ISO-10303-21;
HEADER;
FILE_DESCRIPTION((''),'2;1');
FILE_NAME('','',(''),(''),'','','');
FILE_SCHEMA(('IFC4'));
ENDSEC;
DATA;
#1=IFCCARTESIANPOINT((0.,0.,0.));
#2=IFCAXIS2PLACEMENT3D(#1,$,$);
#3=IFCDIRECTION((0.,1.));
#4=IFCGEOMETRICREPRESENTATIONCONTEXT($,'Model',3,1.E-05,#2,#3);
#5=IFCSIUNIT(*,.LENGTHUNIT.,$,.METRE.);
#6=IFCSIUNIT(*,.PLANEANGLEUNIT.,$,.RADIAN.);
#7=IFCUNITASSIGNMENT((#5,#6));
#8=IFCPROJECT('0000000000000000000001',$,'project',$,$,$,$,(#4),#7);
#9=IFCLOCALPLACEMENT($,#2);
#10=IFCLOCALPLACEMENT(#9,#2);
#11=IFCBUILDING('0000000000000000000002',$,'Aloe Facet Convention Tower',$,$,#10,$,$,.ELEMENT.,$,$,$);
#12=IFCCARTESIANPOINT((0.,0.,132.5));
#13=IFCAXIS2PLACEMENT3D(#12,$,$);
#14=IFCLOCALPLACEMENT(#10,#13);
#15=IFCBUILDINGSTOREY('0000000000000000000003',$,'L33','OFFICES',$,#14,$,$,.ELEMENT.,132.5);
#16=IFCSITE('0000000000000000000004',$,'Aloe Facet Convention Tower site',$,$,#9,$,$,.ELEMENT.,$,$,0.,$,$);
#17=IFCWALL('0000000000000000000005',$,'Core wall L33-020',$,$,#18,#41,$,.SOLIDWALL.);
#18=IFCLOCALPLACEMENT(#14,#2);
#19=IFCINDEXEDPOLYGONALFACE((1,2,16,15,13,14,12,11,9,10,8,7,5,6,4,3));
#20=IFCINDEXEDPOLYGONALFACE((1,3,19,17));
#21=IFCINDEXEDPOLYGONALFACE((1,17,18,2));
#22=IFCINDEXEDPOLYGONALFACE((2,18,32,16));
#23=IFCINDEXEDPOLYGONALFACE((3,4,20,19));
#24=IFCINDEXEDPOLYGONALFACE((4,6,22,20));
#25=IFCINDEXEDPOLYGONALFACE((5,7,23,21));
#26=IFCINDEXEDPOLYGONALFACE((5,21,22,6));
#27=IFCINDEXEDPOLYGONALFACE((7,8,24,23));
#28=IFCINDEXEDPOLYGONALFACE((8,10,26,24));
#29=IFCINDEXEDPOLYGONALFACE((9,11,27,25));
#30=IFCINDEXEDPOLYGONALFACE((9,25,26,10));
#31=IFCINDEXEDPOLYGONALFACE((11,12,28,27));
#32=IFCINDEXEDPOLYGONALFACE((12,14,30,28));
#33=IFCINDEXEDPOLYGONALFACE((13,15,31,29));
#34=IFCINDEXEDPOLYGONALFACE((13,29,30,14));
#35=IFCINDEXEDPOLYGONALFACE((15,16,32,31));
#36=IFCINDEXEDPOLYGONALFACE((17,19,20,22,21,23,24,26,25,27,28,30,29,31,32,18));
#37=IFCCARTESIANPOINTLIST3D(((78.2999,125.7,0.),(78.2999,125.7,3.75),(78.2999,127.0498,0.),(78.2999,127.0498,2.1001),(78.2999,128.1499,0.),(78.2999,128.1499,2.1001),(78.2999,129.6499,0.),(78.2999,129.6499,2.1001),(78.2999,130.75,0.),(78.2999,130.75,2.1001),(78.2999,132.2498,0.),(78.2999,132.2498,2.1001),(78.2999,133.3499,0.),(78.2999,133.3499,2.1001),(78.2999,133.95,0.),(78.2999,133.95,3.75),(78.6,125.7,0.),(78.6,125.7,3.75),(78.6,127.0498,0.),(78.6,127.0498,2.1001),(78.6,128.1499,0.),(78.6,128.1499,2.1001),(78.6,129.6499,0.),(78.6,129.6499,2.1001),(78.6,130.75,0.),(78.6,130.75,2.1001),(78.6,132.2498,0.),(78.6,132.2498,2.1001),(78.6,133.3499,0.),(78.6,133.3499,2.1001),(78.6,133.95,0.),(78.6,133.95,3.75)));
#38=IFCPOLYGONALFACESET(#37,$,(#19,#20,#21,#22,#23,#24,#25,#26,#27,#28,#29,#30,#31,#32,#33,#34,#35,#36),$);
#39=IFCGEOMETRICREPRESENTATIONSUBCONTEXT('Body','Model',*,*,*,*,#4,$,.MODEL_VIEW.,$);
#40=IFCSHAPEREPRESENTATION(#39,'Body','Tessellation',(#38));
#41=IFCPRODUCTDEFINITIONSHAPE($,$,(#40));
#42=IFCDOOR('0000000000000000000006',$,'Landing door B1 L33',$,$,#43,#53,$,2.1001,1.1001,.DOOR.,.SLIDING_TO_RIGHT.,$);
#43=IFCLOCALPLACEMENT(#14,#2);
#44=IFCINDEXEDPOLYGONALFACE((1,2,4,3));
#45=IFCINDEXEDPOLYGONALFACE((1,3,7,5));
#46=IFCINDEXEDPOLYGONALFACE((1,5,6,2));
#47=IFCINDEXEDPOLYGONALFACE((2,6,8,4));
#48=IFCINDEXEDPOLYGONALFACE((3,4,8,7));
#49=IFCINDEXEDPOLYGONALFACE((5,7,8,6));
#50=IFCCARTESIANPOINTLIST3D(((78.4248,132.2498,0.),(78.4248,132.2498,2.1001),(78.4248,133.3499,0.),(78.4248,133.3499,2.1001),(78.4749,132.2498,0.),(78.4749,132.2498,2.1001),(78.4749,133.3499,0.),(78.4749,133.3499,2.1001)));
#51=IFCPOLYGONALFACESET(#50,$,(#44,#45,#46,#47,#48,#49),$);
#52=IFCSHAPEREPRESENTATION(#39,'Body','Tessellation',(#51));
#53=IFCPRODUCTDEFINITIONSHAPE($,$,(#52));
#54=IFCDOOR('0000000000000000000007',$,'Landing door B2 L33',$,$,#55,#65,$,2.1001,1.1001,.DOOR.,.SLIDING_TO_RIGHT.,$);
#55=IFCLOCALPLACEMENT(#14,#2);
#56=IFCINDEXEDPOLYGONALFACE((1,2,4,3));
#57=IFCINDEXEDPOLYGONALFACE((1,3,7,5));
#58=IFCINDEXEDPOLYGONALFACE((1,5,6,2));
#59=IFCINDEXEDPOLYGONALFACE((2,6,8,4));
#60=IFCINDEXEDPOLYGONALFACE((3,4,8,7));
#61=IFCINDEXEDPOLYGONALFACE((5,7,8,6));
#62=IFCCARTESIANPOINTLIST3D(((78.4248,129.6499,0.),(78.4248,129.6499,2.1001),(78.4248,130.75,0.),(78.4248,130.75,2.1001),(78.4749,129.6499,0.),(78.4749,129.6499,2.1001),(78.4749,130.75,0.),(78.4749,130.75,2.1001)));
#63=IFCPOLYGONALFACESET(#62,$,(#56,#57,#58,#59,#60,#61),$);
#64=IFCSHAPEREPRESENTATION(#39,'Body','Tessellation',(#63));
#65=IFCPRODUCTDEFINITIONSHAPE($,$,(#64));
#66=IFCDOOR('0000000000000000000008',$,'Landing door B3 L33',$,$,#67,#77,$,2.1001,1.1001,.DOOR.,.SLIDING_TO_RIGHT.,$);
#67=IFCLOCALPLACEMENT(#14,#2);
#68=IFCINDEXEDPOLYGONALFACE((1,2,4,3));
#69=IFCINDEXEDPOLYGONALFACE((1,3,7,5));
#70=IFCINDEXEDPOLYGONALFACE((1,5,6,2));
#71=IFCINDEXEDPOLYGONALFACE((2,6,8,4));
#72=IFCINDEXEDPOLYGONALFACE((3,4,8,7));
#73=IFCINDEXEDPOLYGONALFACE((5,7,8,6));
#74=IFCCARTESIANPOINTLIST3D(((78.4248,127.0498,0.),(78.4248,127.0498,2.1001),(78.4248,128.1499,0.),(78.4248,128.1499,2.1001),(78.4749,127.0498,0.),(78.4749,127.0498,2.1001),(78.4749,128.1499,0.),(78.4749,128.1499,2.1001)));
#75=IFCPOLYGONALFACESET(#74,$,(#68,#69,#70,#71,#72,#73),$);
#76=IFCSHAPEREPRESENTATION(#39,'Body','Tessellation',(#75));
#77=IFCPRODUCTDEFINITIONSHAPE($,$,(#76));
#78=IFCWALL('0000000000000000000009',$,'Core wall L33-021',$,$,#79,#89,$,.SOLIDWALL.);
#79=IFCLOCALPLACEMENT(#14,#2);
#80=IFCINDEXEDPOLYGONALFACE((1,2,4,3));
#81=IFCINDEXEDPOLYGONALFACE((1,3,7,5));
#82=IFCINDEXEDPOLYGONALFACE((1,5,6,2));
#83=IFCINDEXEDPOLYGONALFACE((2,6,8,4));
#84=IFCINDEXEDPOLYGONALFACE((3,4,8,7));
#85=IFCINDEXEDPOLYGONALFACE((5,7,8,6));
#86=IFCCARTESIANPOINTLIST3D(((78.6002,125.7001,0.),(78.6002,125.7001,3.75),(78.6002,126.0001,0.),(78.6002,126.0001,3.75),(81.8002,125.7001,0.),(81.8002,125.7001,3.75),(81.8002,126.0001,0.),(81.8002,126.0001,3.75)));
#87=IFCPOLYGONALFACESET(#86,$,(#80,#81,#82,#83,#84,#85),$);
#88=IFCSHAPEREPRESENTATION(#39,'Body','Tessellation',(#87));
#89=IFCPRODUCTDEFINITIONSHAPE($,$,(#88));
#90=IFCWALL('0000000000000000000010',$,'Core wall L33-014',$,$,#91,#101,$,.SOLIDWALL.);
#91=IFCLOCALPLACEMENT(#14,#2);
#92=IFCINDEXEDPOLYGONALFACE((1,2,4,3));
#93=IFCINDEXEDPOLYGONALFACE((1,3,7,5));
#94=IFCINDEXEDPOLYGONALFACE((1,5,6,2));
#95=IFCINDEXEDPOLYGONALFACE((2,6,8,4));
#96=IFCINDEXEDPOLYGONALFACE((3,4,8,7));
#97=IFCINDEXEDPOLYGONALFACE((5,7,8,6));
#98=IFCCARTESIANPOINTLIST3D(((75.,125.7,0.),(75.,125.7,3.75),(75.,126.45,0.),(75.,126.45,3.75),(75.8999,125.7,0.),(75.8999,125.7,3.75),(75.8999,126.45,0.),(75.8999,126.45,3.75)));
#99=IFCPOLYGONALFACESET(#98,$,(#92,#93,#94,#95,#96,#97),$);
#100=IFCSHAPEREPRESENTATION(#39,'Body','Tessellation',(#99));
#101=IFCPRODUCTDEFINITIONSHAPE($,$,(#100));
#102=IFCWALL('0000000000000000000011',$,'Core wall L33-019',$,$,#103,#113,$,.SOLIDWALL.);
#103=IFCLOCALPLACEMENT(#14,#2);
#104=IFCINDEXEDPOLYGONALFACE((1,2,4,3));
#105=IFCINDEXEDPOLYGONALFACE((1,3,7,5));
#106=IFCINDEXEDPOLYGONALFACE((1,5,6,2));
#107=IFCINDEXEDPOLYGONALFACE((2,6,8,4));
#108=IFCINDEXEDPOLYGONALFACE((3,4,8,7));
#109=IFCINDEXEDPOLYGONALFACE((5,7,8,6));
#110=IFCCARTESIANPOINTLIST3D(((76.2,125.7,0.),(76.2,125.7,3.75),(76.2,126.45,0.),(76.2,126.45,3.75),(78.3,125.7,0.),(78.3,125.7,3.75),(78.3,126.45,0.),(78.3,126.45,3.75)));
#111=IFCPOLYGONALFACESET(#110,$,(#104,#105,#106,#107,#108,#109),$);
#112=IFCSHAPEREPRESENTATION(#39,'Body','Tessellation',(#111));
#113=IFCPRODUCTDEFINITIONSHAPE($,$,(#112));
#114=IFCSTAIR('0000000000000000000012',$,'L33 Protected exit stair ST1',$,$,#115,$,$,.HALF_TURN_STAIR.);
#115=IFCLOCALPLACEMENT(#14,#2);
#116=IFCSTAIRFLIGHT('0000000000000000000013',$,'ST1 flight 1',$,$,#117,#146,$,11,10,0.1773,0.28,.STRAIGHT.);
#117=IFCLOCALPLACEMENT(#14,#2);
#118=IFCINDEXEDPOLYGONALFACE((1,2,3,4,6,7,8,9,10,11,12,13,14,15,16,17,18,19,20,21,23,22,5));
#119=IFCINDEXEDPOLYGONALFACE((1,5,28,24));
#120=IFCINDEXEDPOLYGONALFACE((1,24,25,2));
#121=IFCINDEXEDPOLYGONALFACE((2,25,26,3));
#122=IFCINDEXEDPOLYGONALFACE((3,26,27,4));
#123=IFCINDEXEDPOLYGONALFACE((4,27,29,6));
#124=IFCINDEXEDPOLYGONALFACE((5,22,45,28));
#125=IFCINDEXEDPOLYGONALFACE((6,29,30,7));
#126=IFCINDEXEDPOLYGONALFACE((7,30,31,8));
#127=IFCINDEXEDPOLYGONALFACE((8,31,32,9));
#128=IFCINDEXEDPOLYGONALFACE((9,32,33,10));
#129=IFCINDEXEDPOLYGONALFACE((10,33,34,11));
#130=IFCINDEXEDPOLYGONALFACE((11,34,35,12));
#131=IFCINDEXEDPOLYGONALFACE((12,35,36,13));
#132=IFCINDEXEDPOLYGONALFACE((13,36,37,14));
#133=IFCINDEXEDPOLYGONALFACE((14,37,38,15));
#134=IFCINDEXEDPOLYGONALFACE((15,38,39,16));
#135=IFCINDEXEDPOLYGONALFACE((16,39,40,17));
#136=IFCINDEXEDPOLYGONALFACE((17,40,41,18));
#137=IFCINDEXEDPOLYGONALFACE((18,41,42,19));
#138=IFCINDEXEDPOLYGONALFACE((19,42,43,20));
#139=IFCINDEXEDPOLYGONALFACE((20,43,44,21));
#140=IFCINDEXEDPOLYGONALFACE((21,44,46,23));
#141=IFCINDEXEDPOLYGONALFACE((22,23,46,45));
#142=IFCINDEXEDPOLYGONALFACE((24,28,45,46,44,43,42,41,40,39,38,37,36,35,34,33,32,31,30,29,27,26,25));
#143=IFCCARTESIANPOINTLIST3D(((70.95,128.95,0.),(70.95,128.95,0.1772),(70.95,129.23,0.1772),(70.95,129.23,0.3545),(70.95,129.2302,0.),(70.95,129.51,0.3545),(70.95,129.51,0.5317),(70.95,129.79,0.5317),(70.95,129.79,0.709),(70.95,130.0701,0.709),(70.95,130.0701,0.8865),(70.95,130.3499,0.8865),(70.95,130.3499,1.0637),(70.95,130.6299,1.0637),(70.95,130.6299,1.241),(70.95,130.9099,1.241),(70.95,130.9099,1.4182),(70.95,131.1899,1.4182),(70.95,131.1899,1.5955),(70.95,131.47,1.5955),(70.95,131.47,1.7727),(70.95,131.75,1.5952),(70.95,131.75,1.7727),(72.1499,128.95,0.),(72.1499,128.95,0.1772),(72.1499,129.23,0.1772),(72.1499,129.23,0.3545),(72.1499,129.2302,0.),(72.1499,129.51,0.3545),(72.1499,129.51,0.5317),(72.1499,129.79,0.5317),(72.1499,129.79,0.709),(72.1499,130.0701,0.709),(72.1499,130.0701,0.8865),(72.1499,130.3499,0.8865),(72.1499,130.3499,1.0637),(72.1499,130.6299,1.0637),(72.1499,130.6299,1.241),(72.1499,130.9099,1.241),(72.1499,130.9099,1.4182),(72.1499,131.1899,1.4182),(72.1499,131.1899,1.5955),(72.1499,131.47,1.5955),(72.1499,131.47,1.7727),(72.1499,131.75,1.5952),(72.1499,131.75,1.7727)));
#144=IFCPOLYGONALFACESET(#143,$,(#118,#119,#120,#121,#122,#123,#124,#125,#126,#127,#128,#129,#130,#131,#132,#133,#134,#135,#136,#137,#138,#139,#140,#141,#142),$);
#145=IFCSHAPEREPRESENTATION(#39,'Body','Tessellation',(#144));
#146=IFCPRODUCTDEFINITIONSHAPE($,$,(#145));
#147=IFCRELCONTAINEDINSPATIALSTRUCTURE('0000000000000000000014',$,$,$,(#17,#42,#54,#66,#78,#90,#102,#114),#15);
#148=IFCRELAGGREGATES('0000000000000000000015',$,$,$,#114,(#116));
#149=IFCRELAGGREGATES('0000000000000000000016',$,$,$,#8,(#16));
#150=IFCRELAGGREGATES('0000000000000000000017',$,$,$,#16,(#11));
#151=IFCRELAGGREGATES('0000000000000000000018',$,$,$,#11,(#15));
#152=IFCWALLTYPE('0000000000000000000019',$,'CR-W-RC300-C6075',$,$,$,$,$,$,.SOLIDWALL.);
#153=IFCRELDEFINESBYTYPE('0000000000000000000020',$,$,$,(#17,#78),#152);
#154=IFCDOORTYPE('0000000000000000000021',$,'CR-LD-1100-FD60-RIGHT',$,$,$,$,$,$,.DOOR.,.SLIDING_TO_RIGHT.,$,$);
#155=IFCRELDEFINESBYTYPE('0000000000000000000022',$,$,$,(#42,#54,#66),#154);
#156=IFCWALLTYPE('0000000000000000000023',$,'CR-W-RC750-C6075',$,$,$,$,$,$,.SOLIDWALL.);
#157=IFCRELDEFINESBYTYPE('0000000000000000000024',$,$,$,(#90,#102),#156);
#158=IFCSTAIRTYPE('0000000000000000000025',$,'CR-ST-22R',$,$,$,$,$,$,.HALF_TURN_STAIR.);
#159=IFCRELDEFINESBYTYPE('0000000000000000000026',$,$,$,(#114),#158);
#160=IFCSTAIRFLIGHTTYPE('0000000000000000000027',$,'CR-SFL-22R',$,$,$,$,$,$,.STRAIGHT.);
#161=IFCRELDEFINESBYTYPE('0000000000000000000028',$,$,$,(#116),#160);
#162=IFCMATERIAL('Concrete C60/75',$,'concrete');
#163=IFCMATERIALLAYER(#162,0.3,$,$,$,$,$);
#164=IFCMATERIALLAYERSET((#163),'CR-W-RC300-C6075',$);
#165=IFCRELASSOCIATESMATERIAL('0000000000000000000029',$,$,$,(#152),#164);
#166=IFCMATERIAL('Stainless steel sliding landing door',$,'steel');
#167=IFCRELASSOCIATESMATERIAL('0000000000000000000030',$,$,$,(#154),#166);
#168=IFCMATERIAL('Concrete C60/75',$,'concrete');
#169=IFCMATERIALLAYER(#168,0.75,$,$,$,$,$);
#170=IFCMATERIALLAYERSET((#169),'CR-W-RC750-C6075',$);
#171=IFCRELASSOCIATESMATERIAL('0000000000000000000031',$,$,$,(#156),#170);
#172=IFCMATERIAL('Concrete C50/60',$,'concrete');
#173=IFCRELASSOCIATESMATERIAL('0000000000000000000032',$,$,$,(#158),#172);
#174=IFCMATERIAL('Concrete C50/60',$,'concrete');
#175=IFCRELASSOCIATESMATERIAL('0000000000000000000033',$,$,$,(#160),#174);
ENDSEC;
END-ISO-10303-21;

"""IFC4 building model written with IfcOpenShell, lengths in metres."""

from ifc_helpers import new_model, si_unit, direction, frame, frame_2d, origin, place, context, subcontext, project, spatial, polyline, rectangle, outline, extrude, material, layer, layer_set, type_object, element, fill, aggregate, save


model = new_model("IFC4")

# Units and contexts
model_context = context("Model", 3, precision=1e-05, world=origin(), true_north=direction((0.0, 1.0)))
body_context = subcontext(model_context, "Body", "Model", "MODEL_VIEW")
ifc_project = project(units=[si_unit("LENGTHUNIT", "METRE"), si_unit("PLANEANGLEUNIT", "RADIAN")], contexts=[model_context])

# Site, building, storey
site_placement = place(None, origin())
site = spatial("IfcSite", under=ifc_project, at=site_placement, Name="Aloe Facet Convention Tower site", CompositionType="ELEMENT", RefElevation=0.0)
building_placement = place(site_placement, origin())
building = spatial("IfcBuilding", under=site, at=building_placement, Name="Aloe Facet Convention Tower", CompositionType="ELEMENT")
storey_placement = place(building_placement, frame((0.0, 0.0, 132.5)))
storey = spatial("IfcBuildingStorey", under=building, at=storey_placement, Name="L33", Description="OFFICES", CompositionType="ELEMENT", Elevation=132.5)

# Shared definitions
ifc_material_1 = material(Name="Concrete C60/75", Category="concrete")
ifc_layer_1 = layer(ifc_material_1, 0.3)
ifc_layer_set_1 = layer_set([ifc_layer_1], Name="CR-W-RC300-C6075")
wall_type_1 = type_object("IfcWallType", Name="CR-W-RC300-C6075", PredefinedType="SOLIDWALL", material=ifc_layer_set_1)

# Wall, openings, doors
wall_1_placement = place(storey_placement, frame((78.45, 133.95, 0.0), z_axis=(0.0, 0.0, 1.0), x_axis=(0.0, -1.0, 0.0)))
wall_1 = element("IfcWall", 1, at=wall_1_placement, inside=storey, type_object=wall_type_1, Name="Core wall L33-020", PredefinedType="SOLIDWALL", context=body_context, shape_type="SweptSolid", body=[
    extrude(rectangle(XDim=8.25, YDim=0.3, at=frame_2d((4.125, 0.0))), origin(), (0.0, 0.0, 1.0), 3.75),
])
opening_1_placement = place(wall_1_placement, frame((0.6001, 0.0, 0.0)))
opening_1 = element("IfcOpeningElement", 2, at=opening_1_placement, cuts=wall_1, PredefinedType="OPENING", context=body_context, shape_type="SweptSolid", body=[
    extrude(rectangle(XDim=1.1001, YDim=2.1001, at=frame_2d((0.55, 1.05))), frame((0.0, 0.1602, 0.0), z_axis=(0.0, -1.0, 0.0), x_axis=(1.0, 0.0, 0.0)), (0.0, 0.0, 1.0), 0.3201),
])
opening_2_placement = place(wall_1_placement, frame((3.2, 0.0, 0.0)))
opening_2 = element("IfcOpeningElement", 3, at=opening_2_placement, cuts=wall_1, PredefinedType="OPENING", context=body_context, shape_type="SweptSolid", body=[
    extrude(rectangle(XDim=1.1001, YDim=2.1001, at=frame_2d((0.55, 1.05))), frame((0.0, 0.1602, 0.0), z_axis=(0.0, -1.0, 0.0), x_axis=(1.0, 0.0, 0.0)), (0.0, 0.0, 1.0), 0.3201),
])
opening_3_placement = place(wall_1_placement, frame((5.8, 0.0, 0.0)))
opening_3 = element("IfcOpeningElement", 4, at=opening_3_placement, cuts=wall_1, PredefinedType="OPENING", context=body_context, shape_type="SweptSolid", body=[
    extrude(rectangle(XDim=1.1001, YDim=2.1001, at=frame_2d((0.55, 1.05))), frame((0.0, 0.1602, 0.0), z_axis=(0.0, -1.0, 0.0), x_axis=(1.0, 0.0, 0.0)), (0.0, 0.0, 1.0), 0.3201),
])
ifc_material_2 = material(Name="Stainless steel sliding landing door", Category="steel")
door_type_1 = type_object("IfcDoorType", Name="CR-LD-1100-FD60-RIGHT", OperationType="SLIDING_TO_RIGHT", PredefinedType="DOOR", material=ifc_material_2)
door_1_placement = place(opening_1_placement, origin())
door_1 = element("IfcDoor", 5, at=door_1_placement, inside=storey, type_object=door_type_1, Name="Landing door B1 L33", OperationType="SLIDING_TO_RIGHT", OverallHeight=2.1001, OverallWidth=1.1001, PredefinedType="DOOR", context=body_context, shape_type="SweptSolid", body=[
    extrude(rectangle(XDim=1.1001, YDim=2.1001, at=frame_2d((0.55, 1.05))), frame((0.0, 0.0249, 0.0), z_axis=(0.0, -1.0, 0.0), x_axis=(1.0, 0.0, 0.0)), (0.0, 0.0, 1.0), 0.05),
])
fill(opening_1, door_1)
door_2_placement = place(opening_2_placement, origin())
door_2 = element("IfcDoor", 6, at=door_2_placement, inside=storey, type_object=door_type_1, Name="Landing door B2 L33", OperationType="SLIDING_TO_RIGHT", OverallHeight=2.1001, OverallWidth=1.1001, PredefinedType="DOOR", context=body_context, shape_type="SweptSolid", body=[
    extrude(rectangle(XDim=1.1001, YDim=2.1001, at=frame_2d((0.55, 1.05))), frame((0.0, 0.0249, 0.0), z_axis=(0.0, -1.0, 0.0), x_axis=(1.0, 0.0, 0.0)), (0.0, 0.0, 1.0), 0.05),
])
fill(opening_2, door_2)
door_3_placement = place(opening_3_placement, origin())
door_3 = element("IfcDoor", 7, at=door_3_placement, inside=storey, type_object=door_type_1, Name="Landing door B3 L33", OperationType="SLIDING_TO_RIGHT", OverallHeight=2.1001, OverallWidth=1.1001, PredefinedType="DOOR", context=body_context, shape_type="SweptSolid", body=[
    extrude(rectangle(XDim=1.1001, YDim=2.1001, at=frame_2d((0.55, 1.05))), frame((0.0, 0.0249, 0.0), z_axis=(0.0, -1.0, 0.0), x_axis=(1.0, 0.0, 0.0)), (0.0, 0.0, 1.0), 0.05),
])
fill(opening_3, door_3)

# Walls
wall_2_placement = place(storey_placement, frame((78.6001, 125.8501, 0.0), z_axis=(0.0, 0.0, 1.0), x_axis=(1.0, 0.0, 0.0)))
element("IfcWall", 8, at=wall_2_placement, inside=storey, type_object=wall_type_1, Name="Core wall L33-021", PredefinedType="SOLIDWALL", context=body_context, shape_type="SweptSolid", body=[
    extrude(rectangle(XDim=3.2, YDim=0.3, at=frame_2d((1.6001, 0.0))), origin(), (0.0, 0.0, 1.0), 3.75),
])
ifc_material_3 = material(Name="Concrete C60/75", Category="concrete")
ifc_layer_2 = layer(ifc_material_3, 0.75)
ifc_layer_set_2 = layer_set([ifc_layer_2], Name="CR-W-RC750-C6075")
wall_type_2 = type_object("IfcWallType", Name="CR-W-RC750-C6075", PredefinedType="SOLIDWALL", material=ifc_layer_set_2)
wall_3_placement = place(storey_placement, frame((75.0, 126.075, 0.0), z_axis=(0.0, 0.0, 1.0), x_axis=(1.0, 0.0, 0.0)))
element("IfcWall", 9, at=wall_3_placement, inside=storey, type_object=wall_type_2, Name="Core wall L33-014", PredefinedType="SOLIDWALL", context=body_context, shape_type="SweptSolid", body=[
    extrude(rectangle(XDim=0.8999, YDim=0.75, at=frame_2d((0.45, 0.0))), origin(), (0.0, 0.0, 1.0), 3.75),
])
wall_4_placement = place(storey_placement, frame((76.2, 126.075, 0.0), z_axis=(0.0, 0.0, 1.0), x_axis=(1.0, 0.0, 0.0)))
element("IfcWall", 10, at=wall_4_placement, inside=storey, type_object=wall_type_2, Name="Core wall L33-019", PredefinedType="SOLIDWALL", context=body_context, shape_type="SweptSolid", body=[
    extrude(rectangle(XDim=2.1001, YDim=0.75, at=frame_2d((1.05, 0.0))), origin(), (0.0, 0.0, 1.0), 3.75),
])

# Stair, stair flight
ifc_material_4 = material(Name="Concrete C50/60", Category="concrete")
stair_type = type_object("IfcStairType", Name="CR-ST-22R", PredefinedType="HALF_TURN_STAIR", material=ifc_material_4)
stair_1_placement = place(storey_placement, origin())
stair_1 = element("IfcStair", 11, at=stair_1_placement, inside=storey, type_object=stair_type, Name="L33 Protected exit stair ST1", PredefinedType="HALF_TURN_STAIR")
ifc_material_5 = material(Name="Concrete C50/60", Category="concrete")
stair_flight_type = type_object("IfcStairFlightType", Name="CR-SFL-22R", PredefinedType="STRAIGHT", material=ifc_material_5)
stair_flight_1_placement = place(storey_placement, frame((71.55, 128.95, 0.0), z_axis=(0.0, 0.0, 1.0), x_axis=(0.0, 1.0, 0.0)))
stair_flight_1 = element("IfcStairFlight", 12, at=stair_flight_1_placement, type_object=stair_flight_type, Name="ST1 flight 1", NumberOfRisers=11, NumberOfTreads=10, PredefinedType="STRAIGHT", RiserHeight=0.1773, TreadLength=0.28, context=body_context, shape_type="SweptSolid", body=[
    extrude(outline(polyline([(0.0, 0.0), (0.0, 0.1772), (0.28, 0.1772), (0.28, 0.3545), (0.5601, 0.3545), (0.5601, 0.5317), (0.8401, 0.5317), (0.8401, 0.709), (1.1201, 0.709), (1.1201, 0.8865), (1.3999, 0.8865), (1.3999, 1.0637), (1.6799, 1.0637), (1.6799, 1.241), (1.96, 1.241), (1.96, 1.4182), (2.24, 1.4182), (2.24, 1.5955), (2.52, 1.5955), (2.52, 1.7727), (2.8, 1.7727), (2.8, 1.95), (2.8, 1.5952), (0.2803, 0.0), (0.0, 0.0)])), frame((0.0, 0.6001, 0.0), z_axis=(0.0, -1.0, 0.0), x_axis=(1.0, 0.0, 0.0)), (0.0, 0.0, 1.0), 1.2),
])
aggregate(stair_1, [stair_flight_1])

save(model, "model.ifc")
